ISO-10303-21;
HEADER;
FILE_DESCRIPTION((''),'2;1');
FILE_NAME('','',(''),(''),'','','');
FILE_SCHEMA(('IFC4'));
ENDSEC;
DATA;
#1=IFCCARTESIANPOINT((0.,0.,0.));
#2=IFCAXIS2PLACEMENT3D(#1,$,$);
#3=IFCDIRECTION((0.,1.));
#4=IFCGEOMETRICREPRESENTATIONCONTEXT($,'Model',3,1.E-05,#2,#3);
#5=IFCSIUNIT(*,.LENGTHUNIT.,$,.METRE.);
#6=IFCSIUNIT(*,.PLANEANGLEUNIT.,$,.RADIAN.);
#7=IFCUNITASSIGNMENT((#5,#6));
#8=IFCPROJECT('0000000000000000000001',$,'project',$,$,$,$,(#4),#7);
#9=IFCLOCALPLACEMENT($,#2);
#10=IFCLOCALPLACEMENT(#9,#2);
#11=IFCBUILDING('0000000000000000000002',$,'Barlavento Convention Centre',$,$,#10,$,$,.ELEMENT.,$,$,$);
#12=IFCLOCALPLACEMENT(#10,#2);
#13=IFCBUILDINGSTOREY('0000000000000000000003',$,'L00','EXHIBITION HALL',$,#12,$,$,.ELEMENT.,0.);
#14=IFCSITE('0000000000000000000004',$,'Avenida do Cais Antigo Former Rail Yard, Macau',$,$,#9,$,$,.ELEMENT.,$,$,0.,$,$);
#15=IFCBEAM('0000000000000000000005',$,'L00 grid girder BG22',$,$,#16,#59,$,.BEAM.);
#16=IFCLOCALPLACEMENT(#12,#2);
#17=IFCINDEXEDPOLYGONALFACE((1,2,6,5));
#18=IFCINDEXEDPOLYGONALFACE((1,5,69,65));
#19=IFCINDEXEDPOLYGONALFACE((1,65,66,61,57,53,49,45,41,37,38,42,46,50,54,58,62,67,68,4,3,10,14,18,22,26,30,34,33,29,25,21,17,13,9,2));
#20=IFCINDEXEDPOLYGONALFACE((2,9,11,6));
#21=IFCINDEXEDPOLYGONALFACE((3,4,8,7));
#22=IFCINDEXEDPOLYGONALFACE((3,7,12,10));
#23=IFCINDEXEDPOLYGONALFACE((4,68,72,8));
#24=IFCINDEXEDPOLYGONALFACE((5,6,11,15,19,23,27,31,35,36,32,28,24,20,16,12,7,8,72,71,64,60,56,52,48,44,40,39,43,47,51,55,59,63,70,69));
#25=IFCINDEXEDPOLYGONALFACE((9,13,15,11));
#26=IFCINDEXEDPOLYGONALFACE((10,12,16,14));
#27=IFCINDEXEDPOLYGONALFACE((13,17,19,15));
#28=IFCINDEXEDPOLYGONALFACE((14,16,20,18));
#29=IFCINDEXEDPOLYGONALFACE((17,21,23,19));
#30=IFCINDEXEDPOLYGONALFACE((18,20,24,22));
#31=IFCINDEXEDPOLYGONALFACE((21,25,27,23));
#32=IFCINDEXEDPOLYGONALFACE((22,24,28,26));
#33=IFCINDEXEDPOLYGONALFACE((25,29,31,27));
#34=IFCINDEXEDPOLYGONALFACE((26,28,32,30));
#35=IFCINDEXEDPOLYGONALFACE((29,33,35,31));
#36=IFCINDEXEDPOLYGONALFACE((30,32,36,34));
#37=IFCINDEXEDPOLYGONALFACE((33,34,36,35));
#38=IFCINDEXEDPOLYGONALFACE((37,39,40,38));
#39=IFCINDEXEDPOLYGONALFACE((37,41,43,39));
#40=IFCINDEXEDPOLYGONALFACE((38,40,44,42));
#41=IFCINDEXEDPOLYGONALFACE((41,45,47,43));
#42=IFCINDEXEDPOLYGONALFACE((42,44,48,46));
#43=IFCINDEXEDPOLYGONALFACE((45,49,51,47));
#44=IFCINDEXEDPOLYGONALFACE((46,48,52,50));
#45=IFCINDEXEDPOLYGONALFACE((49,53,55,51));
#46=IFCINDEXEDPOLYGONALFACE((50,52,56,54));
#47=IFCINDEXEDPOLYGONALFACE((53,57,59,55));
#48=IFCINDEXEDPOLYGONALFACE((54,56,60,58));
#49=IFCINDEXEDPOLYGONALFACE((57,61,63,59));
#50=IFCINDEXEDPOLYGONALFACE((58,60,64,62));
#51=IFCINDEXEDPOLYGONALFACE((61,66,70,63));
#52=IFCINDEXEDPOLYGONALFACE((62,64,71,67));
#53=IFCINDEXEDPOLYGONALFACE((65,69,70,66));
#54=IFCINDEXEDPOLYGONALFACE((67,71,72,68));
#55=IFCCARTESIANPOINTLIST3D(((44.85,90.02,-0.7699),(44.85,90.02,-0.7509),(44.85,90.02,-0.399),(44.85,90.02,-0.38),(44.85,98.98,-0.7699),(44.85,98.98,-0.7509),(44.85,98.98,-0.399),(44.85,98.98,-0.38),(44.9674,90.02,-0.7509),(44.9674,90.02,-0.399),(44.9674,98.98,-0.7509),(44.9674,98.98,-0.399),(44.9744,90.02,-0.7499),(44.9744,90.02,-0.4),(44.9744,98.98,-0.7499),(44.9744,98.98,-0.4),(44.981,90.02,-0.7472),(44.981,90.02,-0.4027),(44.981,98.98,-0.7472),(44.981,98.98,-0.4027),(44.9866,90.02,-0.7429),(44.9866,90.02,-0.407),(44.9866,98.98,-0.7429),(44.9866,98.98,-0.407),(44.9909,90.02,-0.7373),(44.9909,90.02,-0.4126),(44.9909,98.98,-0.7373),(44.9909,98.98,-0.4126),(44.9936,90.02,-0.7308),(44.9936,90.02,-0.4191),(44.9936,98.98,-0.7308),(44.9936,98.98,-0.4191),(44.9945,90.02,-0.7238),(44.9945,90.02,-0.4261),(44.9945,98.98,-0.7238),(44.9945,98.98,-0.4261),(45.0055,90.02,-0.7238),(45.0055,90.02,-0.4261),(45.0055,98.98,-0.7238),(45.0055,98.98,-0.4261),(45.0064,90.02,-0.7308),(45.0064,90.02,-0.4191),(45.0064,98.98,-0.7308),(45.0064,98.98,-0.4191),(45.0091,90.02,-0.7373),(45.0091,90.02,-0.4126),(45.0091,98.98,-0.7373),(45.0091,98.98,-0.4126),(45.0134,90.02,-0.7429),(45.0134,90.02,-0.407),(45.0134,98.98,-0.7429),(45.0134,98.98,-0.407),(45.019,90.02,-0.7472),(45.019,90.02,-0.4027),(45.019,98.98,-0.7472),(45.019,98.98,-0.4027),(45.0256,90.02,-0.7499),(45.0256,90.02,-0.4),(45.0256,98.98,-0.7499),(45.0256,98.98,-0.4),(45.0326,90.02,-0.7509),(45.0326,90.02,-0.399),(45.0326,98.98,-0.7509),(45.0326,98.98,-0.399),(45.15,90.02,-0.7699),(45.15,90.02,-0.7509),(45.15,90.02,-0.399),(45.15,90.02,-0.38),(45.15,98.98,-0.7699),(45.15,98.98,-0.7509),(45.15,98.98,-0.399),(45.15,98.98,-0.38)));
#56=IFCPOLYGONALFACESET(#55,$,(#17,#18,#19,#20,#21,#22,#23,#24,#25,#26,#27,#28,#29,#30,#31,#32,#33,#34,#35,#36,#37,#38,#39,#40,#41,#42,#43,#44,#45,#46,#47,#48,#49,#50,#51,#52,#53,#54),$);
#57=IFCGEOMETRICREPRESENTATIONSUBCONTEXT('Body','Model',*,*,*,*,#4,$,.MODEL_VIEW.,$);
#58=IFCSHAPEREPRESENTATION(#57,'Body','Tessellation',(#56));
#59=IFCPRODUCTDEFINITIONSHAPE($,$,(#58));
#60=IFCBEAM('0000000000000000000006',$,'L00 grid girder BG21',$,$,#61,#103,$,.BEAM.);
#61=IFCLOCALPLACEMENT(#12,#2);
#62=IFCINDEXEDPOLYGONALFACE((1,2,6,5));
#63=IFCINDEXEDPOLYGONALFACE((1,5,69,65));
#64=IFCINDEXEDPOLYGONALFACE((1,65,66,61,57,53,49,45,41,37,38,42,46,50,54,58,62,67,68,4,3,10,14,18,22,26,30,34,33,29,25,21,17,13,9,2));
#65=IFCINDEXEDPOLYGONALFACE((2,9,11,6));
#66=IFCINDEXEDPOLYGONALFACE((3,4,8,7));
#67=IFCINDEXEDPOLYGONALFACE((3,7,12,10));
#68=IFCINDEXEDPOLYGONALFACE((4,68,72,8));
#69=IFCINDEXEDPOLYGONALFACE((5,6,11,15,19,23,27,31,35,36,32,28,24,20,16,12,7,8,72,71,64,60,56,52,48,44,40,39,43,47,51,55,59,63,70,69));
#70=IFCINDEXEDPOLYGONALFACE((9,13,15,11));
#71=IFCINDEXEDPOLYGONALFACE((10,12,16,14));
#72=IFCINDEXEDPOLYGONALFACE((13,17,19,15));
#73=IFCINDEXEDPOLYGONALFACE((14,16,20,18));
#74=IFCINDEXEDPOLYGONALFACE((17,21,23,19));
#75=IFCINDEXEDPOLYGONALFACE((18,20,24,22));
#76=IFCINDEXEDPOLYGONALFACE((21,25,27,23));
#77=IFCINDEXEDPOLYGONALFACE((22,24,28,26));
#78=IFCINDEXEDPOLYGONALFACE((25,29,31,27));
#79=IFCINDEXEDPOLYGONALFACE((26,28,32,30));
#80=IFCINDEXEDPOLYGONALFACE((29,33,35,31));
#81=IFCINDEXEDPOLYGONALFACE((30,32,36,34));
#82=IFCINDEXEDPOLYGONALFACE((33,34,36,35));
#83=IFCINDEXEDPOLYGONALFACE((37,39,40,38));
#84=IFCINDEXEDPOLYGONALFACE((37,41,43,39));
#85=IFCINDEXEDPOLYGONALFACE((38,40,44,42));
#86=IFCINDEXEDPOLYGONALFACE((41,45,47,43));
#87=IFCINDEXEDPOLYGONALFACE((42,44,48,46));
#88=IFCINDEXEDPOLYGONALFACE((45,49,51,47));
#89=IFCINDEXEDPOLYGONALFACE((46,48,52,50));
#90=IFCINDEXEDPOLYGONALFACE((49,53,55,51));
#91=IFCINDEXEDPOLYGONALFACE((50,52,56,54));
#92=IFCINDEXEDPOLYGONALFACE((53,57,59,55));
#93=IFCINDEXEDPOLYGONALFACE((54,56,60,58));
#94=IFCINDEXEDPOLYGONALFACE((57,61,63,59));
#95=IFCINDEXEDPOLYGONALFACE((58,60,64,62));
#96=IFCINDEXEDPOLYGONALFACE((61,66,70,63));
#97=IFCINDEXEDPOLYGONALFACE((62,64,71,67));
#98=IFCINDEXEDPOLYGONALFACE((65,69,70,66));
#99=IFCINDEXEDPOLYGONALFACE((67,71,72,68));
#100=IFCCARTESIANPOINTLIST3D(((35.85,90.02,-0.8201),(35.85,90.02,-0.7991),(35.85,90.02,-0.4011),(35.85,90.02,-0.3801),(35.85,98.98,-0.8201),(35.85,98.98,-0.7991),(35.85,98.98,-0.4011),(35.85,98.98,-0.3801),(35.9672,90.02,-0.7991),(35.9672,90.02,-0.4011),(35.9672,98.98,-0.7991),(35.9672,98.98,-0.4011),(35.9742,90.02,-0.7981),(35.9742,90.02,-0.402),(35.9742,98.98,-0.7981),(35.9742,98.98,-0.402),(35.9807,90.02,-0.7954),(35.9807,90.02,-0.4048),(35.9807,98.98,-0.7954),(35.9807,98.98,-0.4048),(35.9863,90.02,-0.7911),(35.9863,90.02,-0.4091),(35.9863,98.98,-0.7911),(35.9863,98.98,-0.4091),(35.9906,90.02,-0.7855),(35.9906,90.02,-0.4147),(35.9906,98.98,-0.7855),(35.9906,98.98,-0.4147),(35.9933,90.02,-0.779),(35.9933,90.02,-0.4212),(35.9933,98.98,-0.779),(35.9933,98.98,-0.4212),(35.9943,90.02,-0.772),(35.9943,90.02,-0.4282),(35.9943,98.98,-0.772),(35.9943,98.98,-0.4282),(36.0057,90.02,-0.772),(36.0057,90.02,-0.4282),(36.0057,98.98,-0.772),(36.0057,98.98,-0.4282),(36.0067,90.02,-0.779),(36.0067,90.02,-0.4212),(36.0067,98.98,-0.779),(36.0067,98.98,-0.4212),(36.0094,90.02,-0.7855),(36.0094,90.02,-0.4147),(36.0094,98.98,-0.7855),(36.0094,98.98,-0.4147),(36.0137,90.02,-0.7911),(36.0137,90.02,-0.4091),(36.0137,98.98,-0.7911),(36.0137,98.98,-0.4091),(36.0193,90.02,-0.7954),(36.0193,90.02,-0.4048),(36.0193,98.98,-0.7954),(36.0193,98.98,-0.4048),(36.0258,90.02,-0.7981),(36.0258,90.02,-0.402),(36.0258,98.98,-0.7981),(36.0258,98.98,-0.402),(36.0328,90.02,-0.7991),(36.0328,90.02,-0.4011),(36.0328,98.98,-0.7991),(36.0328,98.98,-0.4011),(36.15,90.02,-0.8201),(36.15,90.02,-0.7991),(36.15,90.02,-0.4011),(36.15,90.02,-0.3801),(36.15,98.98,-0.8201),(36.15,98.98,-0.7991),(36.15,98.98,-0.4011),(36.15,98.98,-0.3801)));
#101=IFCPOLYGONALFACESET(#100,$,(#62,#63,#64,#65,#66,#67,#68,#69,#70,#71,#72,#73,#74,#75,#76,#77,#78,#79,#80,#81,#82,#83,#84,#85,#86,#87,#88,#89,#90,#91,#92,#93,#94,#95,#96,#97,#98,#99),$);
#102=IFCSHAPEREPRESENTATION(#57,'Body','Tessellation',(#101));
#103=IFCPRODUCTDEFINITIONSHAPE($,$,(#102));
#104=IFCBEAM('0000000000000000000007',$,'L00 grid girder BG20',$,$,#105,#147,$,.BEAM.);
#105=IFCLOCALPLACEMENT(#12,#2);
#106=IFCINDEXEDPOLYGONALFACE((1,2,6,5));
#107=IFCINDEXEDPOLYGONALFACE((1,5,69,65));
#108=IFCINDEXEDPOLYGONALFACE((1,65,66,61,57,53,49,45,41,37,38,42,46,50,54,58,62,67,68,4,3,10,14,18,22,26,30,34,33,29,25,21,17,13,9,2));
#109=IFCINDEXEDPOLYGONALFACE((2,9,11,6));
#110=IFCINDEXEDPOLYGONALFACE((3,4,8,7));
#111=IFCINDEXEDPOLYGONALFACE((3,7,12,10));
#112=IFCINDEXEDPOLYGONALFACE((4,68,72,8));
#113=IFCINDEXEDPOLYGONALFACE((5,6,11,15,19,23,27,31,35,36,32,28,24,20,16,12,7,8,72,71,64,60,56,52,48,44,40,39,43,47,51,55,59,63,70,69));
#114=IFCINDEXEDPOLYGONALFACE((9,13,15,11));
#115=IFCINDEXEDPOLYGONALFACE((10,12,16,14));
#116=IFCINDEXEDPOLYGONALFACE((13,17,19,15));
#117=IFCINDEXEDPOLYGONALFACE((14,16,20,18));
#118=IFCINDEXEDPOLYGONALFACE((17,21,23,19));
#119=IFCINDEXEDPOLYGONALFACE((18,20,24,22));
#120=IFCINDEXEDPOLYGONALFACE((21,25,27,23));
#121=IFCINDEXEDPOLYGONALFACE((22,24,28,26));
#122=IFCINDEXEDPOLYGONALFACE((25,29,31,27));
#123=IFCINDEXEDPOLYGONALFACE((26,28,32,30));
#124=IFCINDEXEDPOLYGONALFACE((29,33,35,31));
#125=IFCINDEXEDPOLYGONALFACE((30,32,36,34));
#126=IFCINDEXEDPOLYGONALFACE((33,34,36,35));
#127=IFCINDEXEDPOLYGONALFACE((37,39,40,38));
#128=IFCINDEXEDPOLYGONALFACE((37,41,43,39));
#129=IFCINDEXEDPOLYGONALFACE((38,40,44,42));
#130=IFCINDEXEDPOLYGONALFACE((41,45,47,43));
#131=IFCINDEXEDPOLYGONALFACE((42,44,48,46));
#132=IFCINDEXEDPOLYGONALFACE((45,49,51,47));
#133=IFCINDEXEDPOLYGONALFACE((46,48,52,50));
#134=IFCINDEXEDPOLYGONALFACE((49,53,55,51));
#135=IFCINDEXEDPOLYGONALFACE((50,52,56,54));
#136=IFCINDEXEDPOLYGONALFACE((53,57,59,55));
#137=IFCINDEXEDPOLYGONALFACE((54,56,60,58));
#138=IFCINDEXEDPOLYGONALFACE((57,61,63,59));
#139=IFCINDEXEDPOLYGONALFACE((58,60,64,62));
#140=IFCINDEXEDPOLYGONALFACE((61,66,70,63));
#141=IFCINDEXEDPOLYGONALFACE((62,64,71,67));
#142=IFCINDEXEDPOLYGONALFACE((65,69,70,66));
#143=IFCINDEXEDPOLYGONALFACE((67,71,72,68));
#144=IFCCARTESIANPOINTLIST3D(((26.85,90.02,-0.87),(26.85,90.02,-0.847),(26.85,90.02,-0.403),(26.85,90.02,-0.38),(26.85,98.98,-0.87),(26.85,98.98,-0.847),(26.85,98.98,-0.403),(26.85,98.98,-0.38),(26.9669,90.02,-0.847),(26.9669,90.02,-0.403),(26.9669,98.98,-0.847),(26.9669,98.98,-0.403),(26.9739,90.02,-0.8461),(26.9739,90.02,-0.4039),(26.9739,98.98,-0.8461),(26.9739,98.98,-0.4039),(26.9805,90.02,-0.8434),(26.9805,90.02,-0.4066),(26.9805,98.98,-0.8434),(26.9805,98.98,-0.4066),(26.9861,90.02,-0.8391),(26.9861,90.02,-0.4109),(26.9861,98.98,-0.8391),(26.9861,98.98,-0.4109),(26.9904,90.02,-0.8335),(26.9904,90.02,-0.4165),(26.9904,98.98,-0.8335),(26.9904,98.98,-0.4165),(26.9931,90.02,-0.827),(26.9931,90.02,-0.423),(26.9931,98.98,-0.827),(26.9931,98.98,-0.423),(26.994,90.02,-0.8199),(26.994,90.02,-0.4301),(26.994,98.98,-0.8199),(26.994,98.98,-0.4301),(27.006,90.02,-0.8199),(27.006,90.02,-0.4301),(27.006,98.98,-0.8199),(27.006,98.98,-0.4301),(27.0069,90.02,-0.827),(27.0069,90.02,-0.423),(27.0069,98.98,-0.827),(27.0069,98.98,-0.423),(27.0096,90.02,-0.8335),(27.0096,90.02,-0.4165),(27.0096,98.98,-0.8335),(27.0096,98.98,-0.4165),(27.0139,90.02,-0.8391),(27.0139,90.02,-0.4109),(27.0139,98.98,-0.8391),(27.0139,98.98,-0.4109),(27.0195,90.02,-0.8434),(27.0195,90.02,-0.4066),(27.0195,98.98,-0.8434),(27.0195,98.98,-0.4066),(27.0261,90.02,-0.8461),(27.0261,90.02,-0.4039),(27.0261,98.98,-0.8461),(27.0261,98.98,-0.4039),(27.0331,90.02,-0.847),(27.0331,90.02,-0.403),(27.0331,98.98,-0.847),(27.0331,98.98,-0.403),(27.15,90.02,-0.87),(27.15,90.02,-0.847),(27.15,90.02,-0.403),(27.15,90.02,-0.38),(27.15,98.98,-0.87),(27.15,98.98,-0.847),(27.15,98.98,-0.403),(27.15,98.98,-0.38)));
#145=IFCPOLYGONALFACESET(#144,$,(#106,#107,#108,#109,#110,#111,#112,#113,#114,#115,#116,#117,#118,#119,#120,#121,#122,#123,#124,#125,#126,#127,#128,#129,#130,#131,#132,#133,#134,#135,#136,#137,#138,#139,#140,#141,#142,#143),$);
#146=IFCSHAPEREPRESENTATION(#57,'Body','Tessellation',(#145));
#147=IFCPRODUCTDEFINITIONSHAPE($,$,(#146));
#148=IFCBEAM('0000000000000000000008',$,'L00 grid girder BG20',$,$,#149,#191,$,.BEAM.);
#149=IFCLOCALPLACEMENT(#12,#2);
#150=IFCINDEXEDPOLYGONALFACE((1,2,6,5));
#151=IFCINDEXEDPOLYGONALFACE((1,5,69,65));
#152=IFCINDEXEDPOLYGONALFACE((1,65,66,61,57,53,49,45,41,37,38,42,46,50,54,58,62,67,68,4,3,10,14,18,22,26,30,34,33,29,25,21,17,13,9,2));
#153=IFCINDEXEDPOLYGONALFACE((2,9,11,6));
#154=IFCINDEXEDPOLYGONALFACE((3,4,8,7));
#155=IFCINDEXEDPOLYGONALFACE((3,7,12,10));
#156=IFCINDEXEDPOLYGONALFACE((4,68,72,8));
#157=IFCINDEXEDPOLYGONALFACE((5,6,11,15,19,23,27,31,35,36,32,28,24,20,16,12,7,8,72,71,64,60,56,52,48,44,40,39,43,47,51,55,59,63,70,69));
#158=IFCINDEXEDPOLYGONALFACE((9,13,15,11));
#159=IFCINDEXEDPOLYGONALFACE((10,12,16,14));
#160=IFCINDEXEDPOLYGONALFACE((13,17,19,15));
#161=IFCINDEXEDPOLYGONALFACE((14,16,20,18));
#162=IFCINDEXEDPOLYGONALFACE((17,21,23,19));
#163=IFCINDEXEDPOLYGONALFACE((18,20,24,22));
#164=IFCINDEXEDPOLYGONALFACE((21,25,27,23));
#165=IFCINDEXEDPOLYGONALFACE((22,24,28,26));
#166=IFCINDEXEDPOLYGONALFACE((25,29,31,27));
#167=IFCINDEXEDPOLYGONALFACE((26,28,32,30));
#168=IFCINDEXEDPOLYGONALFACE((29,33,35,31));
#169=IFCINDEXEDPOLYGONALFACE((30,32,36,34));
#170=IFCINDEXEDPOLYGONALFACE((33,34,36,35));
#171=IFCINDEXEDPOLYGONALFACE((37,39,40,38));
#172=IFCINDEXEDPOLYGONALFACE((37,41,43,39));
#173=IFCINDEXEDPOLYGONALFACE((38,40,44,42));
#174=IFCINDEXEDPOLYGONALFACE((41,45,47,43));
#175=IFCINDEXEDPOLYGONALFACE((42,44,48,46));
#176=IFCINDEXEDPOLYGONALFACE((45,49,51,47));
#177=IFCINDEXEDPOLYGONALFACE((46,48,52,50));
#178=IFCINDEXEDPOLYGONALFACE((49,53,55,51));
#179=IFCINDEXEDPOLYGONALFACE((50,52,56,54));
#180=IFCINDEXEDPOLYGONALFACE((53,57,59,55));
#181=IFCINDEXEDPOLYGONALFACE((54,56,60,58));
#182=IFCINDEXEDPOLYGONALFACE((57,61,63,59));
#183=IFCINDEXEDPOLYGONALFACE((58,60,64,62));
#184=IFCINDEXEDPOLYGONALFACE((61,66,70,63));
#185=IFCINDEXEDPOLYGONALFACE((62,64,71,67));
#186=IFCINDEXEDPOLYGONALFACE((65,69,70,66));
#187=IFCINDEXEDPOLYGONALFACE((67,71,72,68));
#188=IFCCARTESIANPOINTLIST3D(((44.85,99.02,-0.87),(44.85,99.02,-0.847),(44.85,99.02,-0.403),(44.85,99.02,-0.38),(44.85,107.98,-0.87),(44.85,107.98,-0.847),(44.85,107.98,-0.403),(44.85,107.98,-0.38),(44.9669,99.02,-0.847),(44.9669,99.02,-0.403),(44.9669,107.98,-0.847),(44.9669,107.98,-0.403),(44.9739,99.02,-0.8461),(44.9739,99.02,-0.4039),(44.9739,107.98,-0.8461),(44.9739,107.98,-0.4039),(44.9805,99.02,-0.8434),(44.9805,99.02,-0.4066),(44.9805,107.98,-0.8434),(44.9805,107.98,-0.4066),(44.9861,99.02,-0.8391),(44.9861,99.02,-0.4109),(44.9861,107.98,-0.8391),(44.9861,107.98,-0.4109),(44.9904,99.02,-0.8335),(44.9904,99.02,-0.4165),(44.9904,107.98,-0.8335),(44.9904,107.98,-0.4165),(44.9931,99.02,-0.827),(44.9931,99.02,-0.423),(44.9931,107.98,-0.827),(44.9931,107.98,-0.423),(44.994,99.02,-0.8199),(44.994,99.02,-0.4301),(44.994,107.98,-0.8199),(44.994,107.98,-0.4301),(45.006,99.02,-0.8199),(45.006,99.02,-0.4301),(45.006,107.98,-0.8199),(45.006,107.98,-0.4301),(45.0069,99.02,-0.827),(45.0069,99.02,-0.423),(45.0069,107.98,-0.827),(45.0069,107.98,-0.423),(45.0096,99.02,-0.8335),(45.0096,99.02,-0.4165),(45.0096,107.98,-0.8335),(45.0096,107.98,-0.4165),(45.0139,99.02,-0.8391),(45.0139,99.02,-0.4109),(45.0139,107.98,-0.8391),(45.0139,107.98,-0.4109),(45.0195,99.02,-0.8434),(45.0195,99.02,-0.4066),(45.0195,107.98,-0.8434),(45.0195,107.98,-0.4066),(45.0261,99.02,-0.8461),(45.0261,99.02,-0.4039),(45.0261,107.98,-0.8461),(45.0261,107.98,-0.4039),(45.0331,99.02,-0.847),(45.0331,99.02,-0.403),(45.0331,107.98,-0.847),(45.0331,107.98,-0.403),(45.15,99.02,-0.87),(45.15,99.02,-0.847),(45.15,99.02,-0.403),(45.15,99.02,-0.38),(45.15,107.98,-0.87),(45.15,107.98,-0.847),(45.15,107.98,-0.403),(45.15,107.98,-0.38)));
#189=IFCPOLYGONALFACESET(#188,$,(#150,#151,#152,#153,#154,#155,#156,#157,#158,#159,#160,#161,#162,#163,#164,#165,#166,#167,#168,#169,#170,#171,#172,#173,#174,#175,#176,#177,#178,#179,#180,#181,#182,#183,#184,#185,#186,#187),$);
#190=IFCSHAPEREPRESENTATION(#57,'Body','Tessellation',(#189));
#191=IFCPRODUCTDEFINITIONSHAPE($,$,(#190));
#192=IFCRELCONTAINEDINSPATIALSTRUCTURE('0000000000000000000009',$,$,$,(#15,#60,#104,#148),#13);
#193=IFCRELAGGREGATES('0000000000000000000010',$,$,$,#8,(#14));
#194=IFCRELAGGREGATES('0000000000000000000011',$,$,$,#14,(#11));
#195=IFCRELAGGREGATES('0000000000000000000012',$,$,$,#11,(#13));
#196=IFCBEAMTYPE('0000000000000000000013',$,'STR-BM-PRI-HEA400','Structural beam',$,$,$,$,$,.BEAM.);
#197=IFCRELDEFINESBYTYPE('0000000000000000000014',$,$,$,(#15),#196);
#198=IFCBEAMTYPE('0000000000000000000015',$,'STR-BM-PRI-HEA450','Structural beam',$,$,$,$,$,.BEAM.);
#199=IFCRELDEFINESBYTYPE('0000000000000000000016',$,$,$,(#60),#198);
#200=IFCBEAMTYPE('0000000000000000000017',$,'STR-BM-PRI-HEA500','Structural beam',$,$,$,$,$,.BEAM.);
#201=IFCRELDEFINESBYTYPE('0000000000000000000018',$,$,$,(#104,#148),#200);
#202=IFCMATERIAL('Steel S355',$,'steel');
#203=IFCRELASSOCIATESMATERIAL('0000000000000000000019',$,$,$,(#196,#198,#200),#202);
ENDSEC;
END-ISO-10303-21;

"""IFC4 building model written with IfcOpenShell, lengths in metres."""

from ifc_helpers import new_model, si_unit, direction, frame, origin, origin_2d, place, context, subcontext, project, spatial, i_section, extrude, material, material_profile, profile_set, type_object, element, save


model = new_model("IFC4")

# Units and contexts
model_context = context("Model", 3, precision=1e-05, world=origin(), true_north=direction((0.0, 1.0)))
body_context = subcontext(model_context, "Body", "Model", "MODEL_VIEW")
ifc_project = project(units=[si_unit("LENGTHUNIT", "METRE"), si_unit("PLANEANGLEUNIT", "RADIAN")], contexts=[model_context])

# Site, building, storey
site_placement = place(None, origin())
site = spatial("IfcSite", under=ifc_project, at=site_placement, Name="Avenida do Cais Antigo Former Rail Yard, Macau", CompositionType="ELEMENT", RefElevation=0.0)
building_placement = place(site_placement, origin())
building = spatial("IfcBuilding", under=site, at=building_placement, Name="Barlavento Convention Centre", CompositionType="ELEMENT")
storey_placement = place(building_placement, origin())
storey = spatial("IfcBuildingStorey", under=building, at=storey_placement, Name="L00", Description="EXHIBITION HALL", CompositionType="ELEMENT", Elevation=0.0)

# Beams
ifc_material_1 = material(Name="Steel S355", Category="steel")
ifc_material_profile_1 = material_profile(ifc_material_1, i_section(OverallWidth=0.3, OverallDepth=0.3899, WebThickness=0.011, FlangeThickness=0.019, FilletRadius=0.0271, at=origin_2d()), Name="HEA 400")
ifc_profile_set_1 = profile_set([ifc_material_profile_1], Name="Steel S355")
beam_type_1 = type_object("IfcBeamType", Name="STR-BM-PRI-HEA400", Description="Structural beam", PredefinedType="BEAM", material=ifc_profile_set_1)
beam_1_placement = place(storey_placement, frame((45.0, 90.02, -0.575), z_axis=(0.0, 1.0, 0.0), x_axis=(-1.0, 0.0, 0.0)))
element("IfcBeam", 1, at=beam_1_placement, inside=storey, type_object=beam_type_1, Name="L00 grid girder BG22", PredefinedType="BEAM", context=body_context, shape_type="SweptSolid", body=[
    extrude(i_section(OverallWidth=0.3, OverallDepth=0.3899, WebThickness=0.011, FlangeThickness=0.019, FilletRadius=0.0271, at=origin_2d()), origin(), (0.0, 0.0, 1.0), 8.96),
])
ifc_material_profile_2 = material_profile(ifc_material_1, i_section(OverallWidth=0.3, OverallDepth=0.4399, WebThickness=0.0115, FlangeThickness=0.021, FilletRadius=0.0271, at=origin_2d()), Name="HEA 450")
ifc_profile_set_2 = profile_set([ifc_material_profile_2], Name="Steel S355")
beam_type_2 = type_object("IfcBeamType", Name="STR-BM-PRI-HEA450", Description="Structural beam", PredefinedType="BEAM", material=ifc_profile_set_2)
beam_2_placement = place(storey_placement, frame((36.0, 90.02, -0.6001), z_axis=(0.0, 1.0, 0.0), x_axis=(-1.0, 0.0, 0.0)))
element("IfcBeam", 2, at=beam_2_placement, inside=storey, type_object=beam_type_2, Name="L00 grid girder BG21", PredefinedType="BEAM", context=body_context, shape_type="SweptSolid", body=[
    extrude(i_section(OverallWidth=0.3, OverallDepth=0.4399, WebThickness=0.0115, FlangeThickness=0.021, FilletRadius=0.0271, at=origin_2d()), origin(), (0.0, 0.0, 1.0), 8.96),
])
ifc_material_profile_3 = material_profile(ifc_material_1, i_section(OverallWidth=0.3, OverallDepth=0.49, WebThickness=0.012, FlangeThickness=0.0229, FilletRadius=0.0271, at=origin_2d()), Name="HEA 500")
ifc_profile_set_3 = profile_set([ifc_material_profile_3], Name="Steel S355")
beam_type_3 = type_object("IfcBeamType", Name="STR-BM-PRI-HEA500", Description="Structural beam", PredefinedType="BEAM", material=ifc_profile_set_3)
for number, where, z_axis, x_axis, name in (
    (3, (27.0, 90.02, -0.625), (0.0, 1.0, 0.0), (-1.0, 0.0, 0.0), "L00 grid girder BG20"),
    (4, (45.0, 99.02, -0.625), (0.0, 1.0, 0.0), (-1.0, 0.0, 0.0), "L00 grid girder BG20"),
):
    element("IfcBeam", number, at=place(storey_placement, frame(where, z_axis=z_axis, x_axis=x_axis)), inside=storey, type_object=beam_type_3, Name=name, PredefinedType="BEAM", context=body_context, shape_type="SweptSolid", body=[
        extrude(i_section(OverallWidth=0.3, OverallDepth=0.49, WebThickness=0.012, FlangeThickness=0.0229, FilletRadius=0.0271, at=origin_2d()), origin(), (0.0, 0.0, 1.0), 8.96),
    ])

save(model, "model.ifc")
